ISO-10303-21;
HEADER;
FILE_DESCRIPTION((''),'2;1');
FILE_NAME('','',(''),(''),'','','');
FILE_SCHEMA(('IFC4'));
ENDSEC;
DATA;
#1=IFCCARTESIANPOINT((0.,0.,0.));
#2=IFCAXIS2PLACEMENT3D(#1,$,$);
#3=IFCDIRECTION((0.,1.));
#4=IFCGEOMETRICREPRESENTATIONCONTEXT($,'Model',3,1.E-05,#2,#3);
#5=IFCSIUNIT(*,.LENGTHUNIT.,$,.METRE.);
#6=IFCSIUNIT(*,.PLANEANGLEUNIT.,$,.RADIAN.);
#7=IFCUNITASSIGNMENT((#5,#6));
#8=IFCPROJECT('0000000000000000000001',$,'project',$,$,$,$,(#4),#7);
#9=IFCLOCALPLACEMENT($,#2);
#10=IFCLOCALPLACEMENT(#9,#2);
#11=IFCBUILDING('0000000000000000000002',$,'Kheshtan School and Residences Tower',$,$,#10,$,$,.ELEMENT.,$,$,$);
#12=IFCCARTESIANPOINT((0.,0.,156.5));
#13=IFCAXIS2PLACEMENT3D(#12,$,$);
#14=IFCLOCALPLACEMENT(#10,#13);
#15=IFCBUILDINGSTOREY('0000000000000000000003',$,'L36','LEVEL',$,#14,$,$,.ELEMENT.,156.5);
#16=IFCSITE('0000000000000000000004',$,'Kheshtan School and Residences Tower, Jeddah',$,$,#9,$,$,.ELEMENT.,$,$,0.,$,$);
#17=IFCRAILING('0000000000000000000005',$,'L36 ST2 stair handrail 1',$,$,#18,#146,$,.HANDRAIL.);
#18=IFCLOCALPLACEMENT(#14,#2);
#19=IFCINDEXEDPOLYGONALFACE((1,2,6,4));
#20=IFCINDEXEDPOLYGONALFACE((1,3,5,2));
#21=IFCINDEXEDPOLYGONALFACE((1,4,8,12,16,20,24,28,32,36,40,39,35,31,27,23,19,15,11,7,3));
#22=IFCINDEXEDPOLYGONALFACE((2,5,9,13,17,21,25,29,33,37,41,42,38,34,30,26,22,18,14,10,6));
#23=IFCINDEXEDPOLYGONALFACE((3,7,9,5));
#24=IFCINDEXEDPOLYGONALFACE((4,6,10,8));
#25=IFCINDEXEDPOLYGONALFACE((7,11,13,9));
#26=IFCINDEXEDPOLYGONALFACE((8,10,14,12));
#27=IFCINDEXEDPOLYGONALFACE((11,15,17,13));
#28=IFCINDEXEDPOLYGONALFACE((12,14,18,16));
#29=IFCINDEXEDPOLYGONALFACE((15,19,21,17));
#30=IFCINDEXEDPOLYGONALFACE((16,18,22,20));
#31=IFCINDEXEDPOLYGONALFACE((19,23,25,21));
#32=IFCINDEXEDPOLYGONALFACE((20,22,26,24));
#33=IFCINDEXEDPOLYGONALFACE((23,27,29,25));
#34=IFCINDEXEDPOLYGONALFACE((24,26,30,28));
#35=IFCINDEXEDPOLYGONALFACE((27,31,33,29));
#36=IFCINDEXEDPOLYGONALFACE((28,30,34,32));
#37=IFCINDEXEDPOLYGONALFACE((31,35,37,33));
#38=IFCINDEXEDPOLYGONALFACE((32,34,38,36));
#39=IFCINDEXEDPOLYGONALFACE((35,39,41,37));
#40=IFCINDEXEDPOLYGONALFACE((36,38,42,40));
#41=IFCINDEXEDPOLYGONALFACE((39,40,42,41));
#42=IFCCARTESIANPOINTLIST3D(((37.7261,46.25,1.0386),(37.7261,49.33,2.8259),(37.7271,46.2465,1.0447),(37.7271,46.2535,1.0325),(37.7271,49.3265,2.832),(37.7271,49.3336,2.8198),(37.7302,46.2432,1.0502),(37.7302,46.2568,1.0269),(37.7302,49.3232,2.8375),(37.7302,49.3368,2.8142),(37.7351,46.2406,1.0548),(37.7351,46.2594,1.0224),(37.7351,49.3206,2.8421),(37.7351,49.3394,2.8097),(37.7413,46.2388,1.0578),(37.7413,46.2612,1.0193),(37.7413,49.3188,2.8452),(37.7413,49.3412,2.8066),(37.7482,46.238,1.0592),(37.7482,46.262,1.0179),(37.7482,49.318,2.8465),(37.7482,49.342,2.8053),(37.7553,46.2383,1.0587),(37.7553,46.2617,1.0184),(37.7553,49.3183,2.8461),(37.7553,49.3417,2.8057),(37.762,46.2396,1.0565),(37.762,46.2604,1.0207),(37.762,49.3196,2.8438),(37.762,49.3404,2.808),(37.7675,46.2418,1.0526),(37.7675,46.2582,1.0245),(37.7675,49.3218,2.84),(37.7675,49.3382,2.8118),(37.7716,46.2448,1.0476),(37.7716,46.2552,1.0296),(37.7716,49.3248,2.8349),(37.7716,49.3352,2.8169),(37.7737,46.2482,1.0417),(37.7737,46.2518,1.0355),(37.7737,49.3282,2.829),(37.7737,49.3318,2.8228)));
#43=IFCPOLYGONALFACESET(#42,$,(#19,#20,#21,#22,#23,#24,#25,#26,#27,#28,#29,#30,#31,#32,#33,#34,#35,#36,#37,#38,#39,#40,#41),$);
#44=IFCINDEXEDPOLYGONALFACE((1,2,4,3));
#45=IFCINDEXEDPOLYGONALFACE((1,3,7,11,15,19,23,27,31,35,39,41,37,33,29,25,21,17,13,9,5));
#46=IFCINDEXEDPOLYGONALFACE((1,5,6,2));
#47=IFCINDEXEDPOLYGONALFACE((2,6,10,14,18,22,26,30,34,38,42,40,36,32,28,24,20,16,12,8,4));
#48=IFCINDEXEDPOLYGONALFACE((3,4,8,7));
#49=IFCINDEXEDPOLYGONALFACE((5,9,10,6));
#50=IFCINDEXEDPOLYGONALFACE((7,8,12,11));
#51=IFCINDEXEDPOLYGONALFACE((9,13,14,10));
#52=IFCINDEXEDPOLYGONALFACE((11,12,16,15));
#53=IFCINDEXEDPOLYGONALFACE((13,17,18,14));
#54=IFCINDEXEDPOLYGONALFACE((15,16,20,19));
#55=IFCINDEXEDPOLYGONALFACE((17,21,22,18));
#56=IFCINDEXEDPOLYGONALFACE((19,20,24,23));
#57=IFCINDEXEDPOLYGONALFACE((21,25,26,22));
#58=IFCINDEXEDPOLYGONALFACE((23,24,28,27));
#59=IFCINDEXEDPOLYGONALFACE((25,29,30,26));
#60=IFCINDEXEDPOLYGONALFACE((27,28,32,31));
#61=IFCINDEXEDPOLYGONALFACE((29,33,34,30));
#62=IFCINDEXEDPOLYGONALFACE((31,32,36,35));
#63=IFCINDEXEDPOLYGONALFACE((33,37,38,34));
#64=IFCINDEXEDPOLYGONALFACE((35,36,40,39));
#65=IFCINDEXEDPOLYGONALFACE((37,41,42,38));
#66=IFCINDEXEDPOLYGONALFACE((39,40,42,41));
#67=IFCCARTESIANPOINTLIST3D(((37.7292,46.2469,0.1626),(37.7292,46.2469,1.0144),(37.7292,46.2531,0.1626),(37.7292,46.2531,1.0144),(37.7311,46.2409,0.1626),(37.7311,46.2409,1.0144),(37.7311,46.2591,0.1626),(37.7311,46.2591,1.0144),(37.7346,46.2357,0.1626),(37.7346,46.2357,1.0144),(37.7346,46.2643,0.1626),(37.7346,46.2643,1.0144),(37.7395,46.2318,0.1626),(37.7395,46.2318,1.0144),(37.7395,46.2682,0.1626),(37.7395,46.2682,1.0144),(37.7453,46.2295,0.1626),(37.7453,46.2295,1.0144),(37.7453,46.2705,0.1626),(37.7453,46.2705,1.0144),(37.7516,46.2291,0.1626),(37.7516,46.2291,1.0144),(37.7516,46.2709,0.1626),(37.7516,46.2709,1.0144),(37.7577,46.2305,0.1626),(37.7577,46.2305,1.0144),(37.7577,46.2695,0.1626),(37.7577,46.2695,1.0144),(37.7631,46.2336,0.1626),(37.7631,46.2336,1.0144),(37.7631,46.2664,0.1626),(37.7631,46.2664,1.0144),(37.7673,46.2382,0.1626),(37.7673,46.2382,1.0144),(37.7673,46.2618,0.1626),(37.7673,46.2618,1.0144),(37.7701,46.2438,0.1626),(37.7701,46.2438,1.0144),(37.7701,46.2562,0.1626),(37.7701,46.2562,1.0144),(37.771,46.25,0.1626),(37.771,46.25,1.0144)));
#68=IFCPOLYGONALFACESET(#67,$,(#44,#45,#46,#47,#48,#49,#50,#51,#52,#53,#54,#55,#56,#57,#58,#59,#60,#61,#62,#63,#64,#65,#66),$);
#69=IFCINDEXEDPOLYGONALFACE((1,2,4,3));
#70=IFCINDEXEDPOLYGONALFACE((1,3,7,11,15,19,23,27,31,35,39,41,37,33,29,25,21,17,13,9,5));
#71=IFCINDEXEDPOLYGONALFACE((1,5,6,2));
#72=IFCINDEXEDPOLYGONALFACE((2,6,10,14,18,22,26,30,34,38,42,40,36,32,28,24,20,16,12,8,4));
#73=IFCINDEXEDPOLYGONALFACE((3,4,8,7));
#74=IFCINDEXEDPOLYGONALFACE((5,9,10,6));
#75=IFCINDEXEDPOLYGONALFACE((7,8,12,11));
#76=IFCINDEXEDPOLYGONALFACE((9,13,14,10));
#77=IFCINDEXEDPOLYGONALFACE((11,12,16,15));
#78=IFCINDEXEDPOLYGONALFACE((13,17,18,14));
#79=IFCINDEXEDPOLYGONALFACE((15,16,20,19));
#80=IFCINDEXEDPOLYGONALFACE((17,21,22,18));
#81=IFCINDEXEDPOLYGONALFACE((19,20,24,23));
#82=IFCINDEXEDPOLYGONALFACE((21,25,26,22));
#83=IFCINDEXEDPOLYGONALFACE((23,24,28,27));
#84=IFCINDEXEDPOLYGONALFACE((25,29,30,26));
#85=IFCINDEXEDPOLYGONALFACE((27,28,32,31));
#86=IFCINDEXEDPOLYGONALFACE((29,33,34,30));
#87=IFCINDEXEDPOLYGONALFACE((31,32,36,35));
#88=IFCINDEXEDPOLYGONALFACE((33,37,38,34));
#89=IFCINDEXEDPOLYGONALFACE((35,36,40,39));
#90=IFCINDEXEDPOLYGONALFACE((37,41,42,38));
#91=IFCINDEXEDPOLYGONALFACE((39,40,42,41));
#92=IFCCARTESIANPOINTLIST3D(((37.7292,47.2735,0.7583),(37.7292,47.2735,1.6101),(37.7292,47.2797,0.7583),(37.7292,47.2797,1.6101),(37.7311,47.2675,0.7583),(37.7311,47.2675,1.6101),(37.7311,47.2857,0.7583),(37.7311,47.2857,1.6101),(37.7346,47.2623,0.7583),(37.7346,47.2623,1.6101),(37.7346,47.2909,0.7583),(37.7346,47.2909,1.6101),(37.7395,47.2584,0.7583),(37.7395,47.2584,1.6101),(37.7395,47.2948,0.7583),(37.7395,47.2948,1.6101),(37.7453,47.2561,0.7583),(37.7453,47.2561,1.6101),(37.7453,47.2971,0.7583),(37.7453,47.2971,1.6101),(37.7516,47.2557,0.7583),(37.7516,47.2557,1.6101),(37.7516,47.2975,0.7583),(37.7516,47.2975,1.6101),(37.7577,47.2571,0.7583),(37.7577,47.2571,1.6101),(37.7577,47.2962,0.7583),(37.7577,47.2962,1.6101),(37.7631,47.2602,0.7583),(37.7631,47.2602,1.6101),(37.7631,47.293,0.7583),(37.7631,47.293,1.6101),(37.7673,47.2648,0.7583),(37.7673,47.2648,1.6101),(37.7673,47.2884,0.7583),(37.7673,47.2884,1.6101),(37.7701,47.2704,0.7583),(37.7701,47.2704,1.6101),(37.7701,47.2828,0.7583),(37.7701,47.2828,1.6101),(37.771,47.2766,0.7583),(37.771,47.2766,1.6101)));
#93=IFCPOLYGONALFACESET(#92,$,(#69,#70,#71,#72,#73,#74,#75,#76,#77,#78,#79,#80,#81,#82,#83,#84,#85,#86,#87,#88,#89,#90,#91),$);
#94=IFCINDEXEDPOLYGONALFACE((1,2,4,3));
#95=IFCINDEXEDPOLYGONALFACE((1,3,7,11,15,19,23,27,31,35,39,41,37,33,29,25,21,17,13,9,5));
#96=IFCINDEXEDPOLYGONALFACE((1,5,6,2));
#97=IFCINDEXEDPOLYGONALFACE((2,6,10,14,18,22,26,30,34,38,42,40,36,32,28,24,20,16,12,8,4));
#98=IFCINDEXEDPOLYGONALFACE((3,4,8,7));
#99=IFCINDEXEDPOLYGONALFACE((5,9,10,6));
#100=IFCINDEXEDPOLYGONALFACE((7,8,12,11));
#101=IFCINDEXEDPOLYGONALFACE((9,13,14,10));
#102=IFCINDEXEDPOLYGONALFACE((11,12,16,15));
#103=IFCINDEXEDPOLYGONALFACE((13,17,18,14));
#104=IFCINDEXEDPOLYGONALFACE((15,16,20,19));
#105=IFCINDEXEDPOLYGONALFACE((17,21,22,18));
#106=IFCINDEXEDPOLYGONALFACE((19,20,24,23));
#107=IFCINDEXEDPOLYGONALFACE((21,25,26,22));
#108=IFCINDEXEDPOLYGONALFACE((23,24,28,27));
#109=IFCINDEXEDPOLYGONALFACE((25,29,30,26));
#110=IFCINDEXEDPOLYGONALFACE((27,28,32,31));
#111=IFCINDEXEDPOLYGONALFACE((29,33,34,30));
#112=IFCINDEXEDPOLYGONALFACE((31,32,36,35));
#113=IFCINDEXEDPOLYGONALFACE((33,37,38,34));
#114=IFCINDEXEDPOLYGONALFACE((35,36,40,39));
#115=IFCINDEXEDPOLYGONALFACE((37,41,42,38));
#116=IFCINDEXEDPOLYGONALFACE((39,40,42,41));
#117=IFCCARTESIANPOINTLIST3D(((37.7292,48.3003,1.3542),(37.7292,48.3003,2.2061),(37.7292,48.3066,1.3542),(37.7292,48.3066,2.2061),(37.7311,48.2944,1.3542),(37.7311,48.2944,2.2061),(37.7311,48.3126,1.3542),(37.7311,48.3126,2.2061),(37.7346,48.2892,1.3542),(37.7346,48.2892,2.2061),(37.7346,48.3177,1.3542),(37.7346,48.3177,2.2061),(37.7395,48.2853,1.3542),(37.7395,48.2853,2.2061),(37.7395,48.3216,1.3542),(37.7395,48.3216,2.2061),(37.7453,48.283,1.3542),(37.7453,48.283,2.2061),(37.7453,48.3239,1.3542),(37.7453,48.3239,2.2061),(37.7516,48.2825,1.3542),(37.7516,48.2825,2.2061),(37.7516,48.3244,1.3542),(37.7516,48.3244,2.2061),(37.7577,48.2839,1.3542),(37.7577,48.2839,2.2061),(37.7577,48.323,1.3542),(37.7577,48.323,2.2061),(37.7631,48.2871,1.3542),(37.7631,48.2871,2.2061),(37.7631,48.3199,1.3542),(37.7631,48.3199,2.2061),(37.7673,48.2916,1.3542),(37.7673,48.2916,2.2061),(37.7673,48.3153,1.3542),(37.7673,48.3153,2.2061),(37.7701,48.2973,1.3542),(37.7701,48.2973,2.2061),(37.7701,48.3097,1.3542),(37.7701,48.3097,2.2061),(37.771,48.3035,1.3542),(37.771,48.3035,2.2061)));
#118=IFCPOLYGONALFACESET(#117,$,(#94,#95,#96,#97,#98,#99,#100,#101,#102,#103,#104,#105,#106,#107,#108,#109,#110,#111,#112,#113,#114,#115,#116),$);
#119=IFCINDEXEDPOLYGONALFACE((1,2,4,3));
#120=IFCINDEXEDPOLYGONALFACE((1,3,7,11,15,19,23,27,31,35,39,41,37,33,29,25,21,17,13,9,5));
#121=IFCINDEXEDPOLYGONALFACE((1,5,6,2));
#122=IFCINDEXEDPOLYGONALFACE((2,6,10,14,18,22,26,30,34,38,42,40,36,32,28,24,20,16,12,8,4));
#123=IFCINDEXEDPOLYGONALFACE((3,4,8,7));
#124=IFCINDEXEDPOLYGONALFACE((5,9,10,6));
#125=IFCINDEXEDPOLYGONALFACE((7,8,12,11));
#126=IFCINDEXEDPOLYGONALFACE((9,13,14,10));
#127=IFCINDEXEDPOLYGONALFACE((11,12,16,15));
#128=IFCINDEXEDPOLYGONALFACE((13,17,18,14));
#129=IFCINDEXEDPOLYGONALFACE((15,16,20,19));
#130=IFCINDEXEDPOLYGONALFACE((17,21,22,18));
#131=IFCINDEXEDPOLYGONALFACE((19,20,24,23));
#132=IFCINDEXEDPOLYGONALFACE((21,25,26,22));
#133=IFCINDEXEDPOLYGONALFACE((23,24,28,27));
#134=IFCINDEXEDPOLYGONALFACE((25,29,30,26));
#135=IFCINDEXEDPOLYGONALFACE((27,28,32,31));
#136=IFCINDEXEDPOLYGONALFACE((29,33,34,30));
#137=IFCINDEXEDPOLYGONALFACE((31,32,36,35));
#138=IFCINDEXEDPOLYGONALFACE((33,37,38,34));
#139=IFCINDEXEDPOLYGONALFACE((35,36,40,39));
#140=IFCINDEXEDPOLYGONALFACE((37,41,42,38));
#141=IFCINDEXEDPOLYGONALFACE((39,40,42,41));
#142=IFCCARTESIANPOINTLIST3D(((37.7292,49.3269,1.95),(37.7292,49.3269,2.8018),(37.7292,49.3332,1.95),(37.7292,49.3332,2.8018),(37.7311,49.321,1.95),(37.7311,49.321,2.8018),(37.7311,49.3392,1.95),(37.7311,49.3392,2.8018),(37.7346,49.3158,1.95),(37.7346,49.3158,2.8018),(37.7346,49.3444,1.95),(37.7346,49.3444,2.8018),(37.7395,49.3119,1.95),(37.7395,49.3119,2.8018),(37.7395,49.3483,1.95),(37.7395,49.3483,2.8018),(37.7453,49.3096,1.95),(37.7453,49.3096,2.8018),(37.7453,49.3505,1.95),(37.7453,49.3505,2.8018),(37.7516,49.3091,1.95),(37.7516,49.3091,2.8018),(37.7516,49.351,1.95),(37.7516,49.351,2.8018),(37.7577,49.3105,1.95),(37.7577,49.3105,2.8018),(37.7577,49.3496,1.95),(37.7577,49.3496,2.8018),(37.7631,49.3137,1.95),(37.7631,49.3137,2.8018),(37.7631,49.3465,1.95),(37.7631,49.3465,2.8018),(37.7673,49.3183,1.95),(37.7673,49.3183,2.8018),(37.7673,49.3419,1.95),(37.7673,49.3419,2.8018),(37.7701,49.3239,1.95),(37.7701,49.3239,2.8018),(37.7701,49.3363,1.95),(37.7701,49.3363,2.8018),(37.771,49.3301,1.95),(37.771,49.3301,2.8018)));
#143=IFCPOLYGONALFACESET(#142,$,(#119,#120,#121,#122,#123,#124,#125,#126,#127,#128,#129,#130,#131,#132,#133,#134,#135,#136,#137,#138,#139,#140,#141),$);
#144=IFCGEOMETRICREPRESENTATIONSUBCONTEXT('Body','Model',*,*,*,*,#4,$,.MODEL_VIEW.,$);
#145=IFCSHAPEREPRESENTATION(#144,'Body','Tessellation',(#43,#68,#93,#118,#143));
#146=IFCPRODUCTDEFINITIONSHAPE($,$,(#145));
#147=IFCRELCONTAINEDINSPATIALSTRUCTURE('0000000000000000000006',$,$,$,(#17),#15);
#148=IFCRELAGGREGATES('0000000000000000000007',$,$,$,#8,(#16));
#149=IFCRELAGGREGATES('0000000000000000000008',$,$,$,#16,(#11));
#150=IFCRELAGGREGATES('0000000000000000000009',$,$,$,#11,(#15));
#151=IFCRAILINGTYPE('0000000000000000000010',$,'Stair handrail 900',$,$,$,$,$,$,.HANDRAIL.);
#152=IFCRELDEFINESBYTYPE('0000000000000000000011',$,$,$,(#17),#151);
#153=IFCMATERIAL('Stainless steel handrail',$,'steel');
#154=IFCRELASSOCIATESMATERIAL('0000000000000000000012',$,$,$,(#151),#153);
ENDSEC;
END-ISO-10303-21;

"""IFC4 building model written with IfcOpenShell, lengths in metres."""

from ifc_helpers import new_model, si_unit, direction, frame, origin, origin_2d, place, context, subcontext, project, spatial, circle, extrude, material, type_object, element, save


model = new_model("IFC4")

# Units and contexts
model_context = context("Model", 3, precision=1e-05, world=origin(), true_north=direction((0.0, 1.0)))
body_context = subcontext(model_context, "Body", "Model", "MODEL_VIEW")
ifc_project = project(units=[si_unit("LENGTHUNIT", "METRE"), si_unit("PLANEANGLEUNIT", "RADIAN")], contexts=[model_context])

# Site, building, storey
site_placement = place(None, origin())
site = spatial("IfcSite", under=ifc_project, at=site_placement, Name="Kheshtan School and Residences Tower, Jeddah", CompositionType="ELEMENT", RefElevation=0.0)
building_placement = place(site_placement, origin())
building = spatial("IfcBuilding", under=site, at=building_placement, Name="Kheshtan School and Residences Tower", CompositionType="ELEMENT")
storey_placement = place(building_placement, frame((0.0, 0.0, 156.5)))
storey = spatial("IfcBuildingStorey", under=building, at=storey_placement, Name="L36", Description="LEVEL", CompositionType="ELEMENT", Elevation=156.5)

# Railing
ifc_material_1 = material(Name="Stainless steel handrail", Category="steel")
railing_type_1 = type_object("IfcRailingType", Name="Stair handrail 900", PredefinedType="HANDRAIL", material=ifc_material_1)
railing_1_placement = place(storey_placement, frame((37.75, 46.25, 0.1626)))
element("IfcRailing", 1, at=railing_1_placement, inside=storey, type_object=railing_type_1, Name="L36 ST2 stair handrail 1", PredefinedType="HANDRAIL", context=body_context, shape_type="SweptSolid", body=[
    extrude(circle(Radius=0.0239, at=origin_2d()), frame((0.0, 0.0, 0.876), z_axis=(0.0, 0.86492, 0.501909), x_axis=(-1.0, 0.0, 0.0)), (0.0, 0.0, 1.0), 3.561),
    extrude(circle(Radius=0.021, at=origin_2d()), origin(), (0.0, 0.0, 1.0), 0.8518),
    extrude(circle(Radius=0.021, at=origin_2d()), frame((0.0, 1.0266, 0.5957)), (0.0, 0.0, 1.0), 0.8518),
    extrude(circle(Radius=0.021, at=origin_2d()), frame((0.0, 2.0535, 1.1917)), (0.0, 0.0, 1.0), 0.8518),
    extrude(circle(Radius=0.021, at=origin_2d()), frame((0.0, 3.0801, 1.7874)), (0.0, 0.0, 1.0), 0.8518),
])

save(model, "model.ifc")
